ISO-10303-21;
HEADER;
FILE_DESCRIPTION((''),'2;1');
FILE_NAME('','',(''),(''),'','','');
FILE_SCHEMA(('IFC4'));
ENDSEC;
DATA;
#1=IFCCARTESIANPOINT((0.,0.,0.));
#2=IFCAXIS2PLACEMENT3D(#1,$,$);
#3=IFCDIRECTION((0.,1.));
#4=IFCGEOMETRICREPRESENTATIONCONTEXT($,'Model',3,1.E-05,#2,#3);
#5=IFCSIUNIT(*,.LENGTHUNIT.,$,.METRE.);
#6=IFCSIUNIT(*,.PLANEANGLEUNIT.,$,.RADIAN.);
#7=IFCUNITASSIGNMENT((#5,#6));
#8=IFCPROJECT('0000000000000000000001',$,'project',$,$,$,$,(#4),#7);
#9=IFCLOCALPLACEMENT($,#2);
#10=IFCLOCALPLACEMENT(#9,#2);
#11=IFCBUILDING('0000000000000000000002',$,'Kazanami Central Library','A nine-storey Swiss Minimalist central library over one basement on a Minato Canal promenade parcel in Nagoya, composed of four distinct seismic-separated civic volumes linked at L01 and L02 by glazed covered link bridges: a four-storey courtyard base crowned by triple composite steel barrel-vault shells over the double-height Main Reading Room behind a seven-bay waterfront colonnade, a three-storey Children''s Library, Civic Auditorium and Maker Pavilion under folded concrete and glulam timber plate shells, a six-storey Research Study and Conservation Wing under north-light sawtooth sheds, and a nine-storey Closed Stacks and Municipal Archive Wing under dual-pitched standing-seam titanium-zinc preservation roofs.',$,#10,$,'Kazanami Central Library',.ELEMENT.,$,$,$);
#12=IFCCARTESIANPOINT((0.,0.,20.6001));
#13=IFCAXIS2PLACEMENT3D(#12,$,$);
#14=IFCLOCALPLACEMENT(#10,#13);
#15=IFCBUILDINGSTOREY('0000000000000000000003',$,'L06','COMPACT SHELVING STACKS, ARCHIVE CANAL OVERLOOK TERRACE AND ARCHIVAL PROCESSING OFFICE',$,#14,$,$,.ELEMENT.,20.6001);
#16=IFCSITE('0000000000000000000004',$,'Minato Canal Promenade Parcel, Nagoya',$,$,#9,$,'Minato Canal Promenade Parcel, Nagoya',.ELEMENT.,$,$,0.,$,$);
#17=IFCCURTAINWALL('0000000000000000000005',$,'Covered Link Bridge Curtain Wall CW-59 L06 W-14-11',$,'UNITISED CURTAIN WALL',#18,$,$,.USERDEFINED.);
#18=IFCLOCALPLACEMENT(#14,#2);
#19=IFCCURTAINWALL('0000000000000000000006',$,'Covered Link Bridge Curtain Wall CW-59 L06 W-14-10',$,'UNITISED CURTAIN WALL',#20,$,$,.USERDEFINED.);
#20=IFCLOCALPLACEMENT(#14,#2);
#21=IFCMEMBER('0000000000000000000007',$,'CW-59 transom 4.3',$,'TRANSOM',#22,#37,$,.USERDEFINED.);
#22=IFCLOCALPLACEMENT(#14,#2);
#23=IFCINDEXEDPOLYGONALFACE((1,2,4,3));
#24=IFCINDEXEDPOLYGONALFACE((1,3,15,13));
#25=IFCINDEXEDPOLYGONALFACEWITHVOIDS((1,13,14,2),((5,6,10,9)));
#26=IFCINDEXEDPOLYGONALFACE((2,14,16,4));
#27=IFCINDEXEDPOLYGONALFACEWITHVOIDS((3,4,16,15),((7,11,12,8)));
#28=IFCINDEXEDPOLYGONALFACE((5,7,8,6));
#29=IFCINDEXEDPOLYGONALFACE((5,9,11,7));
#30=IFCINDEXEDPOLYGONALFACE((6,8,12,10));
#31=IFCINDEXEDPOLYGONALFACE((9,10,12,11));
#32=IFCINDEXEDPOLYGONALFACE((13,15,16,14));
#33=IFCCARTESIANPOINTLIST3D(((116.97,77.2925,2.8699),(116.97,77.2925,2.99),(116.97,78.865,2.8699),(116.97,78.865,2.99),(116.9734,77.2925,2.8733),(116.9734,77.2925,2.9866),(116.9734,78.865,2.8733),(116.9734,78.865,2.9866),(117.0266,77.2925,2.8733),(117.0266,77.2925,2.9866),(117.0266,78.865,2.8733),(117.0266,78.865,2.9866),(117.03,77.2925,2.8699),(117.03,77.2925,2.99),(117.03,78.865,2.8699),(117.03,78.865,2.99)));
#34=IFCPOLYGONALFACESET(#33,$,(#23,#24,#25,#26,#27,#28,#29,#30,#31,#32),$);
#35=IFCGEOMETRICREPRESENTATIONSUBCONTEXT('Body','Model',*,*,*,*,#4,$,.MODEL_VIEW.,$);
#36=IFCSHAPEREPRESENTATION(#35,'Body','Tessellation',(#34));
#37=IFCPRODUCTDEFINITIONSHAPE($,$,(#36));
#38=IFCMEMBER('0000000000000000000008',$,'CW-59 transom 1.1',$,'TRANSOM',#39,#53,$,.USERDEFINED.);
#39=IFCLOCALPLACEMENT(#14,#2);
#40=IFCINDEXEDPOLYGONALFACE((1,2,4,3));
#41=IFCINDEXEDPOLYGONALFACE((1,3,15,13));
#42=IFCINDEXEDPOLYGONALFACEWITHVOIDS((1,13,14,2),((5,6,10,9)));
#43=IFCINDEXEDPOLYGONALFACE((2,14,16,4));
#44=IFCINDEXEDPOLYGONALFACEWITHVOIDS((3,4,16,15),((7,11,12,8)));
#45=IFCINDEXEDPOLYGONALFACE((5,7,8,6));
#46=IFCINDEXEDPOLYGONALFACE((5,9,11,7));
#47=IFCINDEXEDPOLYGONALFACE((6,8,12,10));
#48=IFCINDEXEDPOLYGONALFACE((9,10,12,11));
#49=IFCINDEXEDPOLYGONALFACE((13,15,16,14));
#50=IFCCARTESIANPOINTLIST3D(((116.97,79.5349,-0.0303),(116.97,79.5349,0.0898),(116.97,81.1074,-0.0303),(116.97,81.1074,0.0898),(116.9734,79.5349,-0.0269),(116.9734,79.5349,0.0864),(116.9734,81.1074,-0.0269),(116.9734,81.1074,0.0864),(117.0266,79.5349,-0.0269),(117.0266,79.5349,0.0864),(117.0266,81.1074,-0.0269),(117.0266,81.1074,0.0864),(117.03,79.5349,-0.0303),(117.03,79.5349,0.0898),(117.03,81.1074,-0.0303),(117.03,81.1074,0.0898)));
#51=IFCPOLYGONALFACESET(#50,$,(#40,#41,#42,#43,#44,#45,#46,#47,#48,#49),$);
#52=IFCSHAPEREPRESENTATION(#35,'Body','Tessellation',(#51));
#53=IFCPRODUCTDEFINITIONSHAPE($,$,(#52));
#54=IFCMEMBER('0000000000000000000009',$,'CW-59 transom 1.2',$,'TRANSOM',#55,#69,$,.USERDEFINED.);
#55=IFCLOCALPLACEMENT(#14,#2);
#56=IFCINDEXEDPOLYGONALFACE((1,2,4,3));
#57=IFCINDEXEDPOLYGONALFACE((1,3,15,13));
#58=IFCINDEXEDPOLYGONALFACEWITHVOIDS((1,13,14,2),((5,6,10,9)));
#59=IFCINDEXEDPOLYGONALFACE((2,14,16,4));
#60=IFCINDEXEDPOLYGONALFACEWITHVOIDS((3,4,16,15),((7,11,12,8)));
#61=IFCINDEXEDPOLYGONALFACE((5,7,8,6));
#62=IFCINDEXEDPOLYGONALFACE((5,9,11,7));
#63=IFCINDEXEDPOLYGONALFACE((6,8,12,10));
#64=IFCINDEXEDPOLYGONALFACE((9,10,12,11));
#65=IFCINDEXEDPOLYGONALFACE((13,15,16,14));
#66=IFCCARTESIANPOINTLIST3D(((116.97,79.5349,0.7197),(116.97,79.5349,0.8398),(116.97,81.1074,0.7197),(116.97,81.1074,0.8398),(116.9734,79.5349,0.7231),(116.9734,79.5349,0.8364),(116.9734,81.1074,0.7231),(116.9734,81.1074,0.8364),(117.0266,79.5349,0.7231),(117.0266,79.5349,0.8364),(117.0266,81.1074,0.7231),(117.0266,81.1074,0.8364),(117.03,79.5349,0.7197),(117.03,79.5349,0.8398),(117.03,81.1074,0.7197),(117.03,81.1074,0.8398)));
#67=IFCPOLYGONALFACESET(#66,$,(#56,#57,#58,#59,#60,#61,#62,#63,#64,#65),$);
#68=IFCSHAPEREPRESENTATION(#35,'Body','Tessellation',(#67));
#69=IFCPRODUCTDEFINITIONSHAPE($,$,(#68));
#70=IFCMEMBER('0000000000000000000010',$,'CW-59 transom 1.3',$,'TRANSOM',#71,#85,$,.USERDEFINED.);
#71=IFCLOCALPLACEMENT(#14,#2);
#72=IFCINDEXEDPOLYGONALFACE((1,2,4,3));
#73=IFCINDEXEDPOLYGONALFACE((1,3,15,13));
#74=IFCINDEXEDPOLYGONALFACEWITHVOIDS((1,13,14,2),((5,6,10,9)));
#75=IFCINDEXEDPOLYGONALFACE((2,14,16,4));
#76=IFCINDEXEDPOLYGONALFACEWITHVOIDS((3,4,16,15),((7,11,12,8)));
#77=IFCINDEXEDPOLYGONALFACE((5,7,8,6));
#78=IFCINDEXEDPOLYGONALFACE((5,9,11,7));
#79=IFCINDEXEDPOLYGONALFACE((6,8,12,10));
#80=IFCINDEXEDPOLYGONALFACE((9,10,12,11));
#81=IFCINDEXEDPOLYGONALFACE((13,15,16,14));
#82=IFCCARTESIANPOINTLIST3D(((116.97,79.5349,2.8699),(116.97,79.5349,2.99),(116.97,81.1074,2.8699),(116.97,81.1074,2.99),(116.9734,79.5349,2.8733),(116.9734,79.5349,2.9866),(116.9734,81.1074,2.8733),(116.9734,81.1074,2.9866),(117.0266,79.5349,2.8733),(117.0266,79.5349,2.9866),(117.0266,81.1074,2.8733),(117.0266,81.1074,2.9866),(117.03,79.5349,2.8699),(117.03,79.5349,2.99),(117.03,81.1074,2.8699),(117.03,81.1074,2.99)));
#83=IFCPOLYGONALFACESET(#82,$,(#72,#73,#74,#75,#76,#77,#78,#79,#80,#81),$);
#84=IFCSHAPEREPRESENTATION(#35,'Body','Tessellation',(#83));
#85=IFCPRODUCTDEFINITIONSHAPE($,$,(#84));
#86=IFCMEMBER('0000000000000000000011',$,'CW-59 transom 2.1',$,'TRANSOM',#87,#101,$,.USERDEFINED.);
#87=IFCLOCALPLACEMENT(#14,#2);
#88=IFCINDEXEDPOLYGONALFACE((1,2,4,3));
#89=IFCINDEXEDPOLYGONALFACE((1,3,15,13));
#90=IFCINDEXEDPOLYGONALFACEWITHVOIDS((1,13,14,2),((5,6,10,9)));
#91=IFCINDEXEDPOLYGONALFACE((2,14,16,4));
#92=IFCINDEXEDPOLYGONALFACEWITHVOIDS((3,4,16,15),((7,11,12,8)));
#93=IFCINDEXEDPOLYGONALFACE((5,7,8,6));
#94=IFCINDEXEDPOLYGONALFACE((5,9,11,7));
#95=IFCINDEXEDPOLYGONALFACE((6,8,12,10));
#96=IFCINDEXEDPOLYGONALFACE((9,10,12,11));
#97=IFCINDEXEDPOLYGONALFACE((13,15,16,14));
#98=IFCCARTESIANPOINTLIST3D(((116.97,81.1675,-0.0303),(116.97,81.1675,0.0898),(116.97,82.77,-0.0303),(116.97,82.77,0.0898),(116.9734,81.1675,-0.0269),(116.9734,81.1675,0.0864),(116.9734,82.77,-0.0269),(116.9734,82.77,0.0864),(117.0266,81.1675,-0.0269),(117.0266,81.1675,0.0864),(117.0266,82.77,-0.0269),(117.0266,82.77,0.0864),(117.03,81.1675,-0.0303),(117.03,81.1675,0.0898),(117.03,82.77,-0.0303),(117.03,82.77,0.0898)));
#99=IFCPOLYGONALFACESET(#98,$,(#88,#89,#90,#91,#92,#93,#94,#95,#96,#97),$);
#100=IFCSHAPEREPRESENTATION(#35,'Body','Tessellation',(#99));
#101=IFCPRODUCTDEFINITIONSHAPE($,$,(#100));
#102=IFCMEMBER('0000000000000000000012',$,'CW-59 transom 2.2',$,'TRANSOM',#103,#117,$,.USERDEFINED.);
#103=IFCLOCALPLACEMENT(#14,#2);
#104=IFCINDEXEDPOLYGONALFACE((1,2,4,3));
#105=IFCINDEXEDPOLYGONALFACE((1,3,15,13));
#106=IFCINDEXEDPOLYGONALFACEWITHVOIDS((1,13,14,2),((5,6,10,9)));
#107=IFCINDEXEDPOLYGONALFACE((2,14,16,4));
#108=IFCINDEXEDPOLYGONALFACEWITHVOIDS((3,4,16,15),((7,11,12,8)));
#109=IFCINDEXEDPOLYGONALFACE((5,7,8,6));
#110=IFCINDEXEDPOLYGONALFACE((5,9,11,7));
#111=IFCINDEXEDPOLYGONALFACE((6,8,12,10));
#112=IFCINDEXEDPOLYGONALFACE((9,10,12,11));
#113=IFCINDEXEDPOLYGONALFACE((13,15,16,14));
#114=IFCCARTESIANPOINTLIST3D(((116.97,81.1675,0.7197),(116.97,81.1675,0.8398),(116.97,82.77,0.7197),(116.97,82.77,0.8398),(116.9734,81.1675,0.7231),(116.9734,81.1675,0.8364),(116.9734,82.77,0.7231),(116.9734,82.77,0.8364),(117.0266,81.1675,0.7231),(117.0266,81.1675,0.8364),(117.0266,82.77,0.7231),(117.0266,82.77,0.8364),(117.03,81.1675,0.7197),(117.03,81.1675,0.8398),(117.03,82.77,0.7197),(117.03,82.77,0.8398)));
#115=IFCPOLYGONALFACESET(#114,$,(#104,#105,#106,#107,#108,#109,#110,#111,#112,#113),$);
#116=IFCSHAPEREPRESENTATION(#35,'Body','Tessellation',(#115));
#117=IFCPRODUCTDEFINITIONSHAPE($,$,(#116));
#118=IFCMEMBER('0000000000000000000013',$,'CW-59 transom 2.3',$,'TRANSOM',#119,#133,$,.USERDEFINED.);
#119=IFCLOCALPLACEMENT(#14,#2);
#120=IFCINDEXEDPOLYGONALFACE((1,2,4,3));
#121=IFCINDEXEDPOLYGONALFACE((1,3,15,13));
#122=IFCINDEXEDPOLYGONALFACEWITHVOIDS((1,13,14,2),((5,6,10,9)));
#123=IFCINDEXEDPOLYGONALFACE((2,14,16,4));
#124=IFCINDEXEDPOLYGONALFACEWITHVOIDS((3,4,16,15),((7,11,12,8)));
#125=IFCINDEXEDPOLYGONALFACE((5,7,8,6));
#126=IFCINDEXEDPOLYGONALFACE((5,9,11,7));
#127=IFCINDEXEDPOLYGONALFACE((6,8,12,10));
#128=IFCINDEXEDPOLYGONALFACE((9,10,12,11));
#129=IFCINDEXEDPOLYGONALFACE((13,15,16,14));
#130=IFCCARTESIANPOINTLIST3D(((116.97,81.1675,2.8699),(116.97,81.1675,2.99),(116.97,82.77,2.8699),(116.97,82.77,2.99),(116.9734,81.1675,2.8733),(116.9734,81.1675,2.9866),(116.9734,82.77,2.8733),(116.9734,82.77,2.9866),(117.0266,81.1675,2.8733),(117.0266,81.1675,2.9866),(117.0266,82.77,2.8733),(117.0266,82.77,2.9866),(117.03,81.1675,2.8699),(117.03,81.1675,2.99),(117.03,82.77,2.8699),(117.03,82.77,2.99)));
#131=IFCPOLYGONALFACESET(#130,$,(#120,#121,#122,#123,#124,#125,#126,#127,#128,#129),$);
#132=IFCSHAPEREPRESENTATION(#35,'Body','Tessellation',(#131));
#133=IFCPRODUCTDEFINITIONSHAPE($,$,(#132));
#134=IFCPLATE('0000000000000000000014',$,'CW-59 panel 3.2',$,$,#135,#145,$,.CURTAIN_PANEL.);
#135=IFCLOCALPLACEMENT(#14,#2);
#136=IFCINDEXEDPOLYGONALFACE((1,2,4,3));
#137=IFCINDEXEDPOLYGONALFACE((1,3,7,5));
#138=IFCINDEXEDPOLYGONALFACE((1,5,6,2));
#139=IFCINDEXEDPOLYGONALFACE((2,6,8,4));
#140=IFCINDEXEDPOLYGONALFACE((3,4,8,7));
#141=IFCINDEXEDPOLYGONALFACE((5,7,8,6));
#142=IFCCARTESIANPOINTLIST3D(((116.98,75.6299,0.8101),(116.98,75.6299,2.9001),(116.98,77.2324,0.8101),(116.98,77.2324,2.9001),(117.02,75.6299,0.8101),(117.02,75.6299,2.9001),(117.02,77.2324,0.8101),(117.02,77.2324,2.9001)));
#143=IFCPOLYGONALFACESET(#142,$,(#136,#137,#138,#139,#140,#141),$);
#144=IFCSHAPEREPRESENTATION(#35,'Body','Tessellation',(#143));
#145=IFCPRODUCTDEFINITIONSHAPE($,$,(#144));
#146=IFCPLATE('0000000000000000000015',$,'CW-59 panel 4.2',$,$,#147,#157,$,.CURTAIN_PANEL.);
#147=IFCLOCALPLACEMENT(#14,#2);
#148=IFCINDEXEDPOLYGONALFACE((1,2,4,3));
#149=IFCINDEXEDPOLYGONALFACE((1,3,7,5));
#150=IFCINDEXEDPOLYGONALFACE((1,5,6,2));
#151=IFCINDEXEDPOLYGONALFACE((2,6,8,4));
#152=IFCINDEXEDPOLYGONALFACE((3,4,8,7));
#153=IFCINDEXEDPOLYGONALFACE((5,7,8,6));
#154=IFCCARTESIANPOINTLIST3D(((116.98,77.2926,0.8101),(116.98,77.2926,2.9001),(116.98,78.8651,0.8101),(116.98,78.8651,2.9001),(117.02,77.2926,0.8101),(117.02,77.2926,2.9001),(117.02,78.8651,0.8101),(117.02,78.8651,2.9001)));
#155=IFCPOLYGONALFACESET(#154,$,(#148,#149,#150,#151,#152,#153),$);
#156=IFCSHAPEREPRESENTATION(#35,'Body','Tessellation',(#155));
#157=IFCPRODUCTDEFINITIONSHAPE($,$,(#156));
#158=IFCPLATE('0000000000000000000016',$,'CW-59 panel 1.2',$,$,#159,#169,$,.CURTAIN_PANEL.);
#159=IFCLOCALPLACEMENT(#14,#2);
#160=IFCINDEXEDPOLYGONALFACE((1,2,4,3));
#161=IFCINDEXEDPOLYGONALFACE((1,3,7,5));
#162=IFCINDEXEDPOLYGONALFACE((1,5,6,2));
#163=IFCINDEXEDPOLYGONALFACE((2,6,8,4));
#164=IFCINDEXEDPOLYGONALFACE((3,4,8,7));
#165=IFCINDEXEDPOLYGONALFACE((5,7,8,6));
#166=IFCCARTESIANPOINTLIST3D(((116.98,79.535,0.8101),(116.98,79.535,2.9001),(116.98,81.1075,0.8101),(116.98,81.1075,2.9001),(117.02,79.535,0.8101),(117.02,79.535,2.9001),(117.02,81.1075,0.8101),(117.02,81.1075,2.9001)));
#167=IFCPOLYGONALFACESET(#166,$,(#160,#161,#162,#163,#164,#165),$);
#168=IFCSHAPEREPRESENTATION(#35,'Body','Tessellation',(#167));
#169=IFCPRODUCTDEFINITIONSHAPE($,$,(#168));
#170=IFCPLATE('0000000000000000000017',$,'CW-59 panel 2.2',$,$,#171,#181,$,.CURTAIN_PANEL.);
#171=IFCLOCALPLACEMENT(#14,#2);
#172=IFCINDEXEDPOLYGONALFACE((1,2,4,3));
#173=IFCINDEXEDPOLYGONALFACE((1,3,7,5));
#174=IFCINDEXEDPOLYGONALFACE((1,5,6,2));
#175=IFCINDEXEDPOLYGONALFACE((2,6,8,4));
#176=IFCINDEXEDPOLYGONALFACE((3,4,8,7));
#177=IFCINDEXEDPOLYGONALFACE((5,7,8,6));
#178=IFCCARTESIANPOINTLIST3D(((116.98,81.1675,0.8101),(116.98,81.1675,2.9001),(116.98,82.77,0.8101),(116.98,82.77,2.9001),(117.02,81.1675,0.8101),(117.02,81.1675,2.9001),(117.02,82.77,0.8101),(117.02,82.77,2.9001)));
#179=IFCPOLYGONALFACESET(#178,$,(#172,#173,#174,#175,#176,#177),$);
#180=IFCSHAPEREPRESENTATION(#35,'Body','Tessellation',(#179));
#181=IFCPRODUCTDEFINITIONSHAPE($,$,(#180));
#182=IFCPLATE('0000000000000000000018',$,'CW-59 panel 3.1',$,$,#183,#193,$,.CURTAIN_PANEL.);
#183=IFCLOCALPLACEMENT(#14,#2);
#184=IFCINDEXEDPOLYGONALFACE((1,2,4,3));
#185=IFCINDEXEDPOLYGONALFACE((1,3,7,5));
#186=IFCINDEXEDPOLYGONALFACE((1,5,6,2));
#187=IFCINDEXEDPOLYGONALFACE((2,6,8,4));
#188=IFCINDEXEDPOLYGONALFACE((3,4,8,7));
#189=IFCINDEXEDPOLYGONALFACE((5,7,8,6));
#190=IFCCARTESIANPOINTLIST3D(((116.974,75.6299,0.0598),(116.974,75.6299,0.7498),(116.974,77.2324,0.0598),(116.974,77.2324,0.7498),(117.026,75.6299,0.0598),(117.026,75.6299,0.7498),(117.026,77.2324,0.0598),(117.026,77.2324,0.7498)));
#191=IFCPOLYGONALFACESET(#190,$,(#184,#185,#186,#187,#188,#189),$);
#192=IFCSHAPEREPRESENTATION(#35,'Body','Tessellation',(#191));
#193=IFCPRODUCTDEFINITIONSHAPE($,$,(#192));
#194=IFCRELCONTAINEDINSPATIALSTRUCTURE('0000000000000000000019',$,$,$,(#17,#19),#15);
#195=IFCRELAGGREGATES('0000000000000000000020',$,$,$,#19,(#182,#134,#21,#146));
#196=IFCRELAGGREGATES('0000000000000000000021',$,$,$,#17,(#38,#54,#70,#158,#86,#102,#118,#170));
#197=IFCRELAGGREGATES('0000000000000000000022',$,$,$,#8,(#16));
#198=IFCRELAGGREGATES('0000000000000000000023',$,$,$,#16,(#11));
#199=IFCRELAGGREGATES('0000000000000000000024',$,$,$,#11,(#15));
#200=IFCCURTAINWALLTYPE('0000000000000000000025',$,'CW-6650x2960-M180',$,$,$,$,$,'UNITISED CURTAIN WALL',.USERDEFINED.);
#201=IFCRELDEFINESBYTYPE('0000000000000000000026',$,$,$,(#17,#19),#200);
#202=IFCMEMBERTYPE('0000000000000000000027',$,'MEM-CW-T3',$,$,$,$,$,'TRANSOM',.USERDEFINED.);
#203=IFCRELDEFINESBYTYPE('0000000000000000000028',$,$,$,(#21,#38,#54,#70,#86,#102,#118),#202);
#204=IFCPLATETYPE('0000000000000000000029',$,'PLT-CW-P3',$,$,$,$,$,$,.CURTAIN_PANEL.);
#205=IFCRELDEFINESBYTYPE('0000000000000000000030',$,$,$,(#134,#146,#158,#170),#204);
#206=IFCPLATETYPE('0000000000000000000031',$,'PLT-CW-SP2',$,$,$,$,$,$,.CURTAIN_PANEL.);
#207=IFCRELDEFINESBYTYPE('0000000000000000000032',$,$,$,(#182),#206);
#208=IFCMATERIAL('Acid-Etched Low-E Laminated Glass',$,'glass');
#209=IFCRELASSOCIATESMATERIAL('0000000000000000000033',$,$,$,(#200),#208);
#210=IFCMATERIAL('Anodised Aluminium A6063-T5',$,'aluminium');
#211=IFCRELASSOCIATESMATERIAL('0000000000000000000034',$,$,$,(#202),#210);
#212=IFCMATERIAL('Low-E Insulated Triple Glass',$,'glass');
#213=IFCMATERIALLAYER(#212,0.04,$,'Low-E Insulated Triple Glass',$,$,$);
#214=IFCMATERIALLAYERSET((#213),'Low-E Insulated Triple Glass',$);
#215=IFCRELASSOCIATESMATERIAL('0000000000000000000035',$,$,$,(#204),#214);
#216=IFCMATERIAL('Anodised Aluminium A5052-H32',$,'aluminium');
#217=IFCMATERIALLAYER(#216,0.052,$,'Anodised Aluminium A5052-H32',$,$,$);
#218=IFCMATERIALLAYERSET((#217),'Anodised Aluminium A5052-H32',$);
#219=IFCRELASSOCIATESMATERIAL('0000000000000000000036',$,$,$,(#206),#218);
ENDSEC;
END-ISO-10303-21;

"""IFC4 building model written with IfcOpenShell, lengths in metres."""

from ifc_helpers import new_model, si_unit, direction, frame, origin, origin_2d, place, context, subcontext, project, spatial, rectangle, hollow_rectangle, extrude, material, layer, layer_set, material_profile, profile_set, type_object, element, aggregate, save


model = new_model("IFC4")

# Units and contexts
model_context = context("Model", 3, precision=1e-05, world=origin(), true_north=direction((0.0, 1.0)))
body_context = subcontext(model_context, "Body", "Model", "MODEL_VIEW")
ifc_project = project(units=[si_unit("LENGTHUNIT", "METRE"), si_unit("PLANEANGLEUNIT", "RADIAN")], contexts=[model_context])

# Site, building, storey
site_placement = place(None, origin())
site = spatial("IfcSite", under=ifc_project, at=site_placement, Name="Minato Canal Promenade Parcel, Nagoya", LongName="Minato Canal Promenade Parcel, Nagoya", CompositionType="ELEMENT", RefElevation=0.0)
building_placement = place(site_placement, origin())
building = spatial("IfcBuilding", under=site, at=building_placement, Name="Kazanami Central Library", Description="A nine-storey Swiss Minimalist central library over one basement on a Minato Canal promenade parcel in Nagoya, composed of four distinct seismic-separated civic volumes linked at L01 and L02 by glazed covered link bridges: a four-storey courtyard base crowned by triple composite steel barrel-vault shells over the double-height Main Reading Room behind a seven-bay waterfront colonnade, a three-storey Children's Library, Civic Auditorium and Maker Pavilion under folded concrete and glulam timber plate shells, a six-storey Research Study and Conservation Wing under north-light sawtooth sheds, and a nine-storey Closed Stacks and Municipal Archive Wing under dual-pitched standing-seam titanium-zinc preservation roofs.", LongName="Kazanami Central Library", CompositionType="ELEMENT")
storey_placement = place(building_placement, frame((0.0, 0.0, 20.6001)))
storey = spatial("IfcBuildingStorey", under=building, at=storey_placement, Name="L06", Description="COMPACT SHELVING STACKS, ARCHIVE CANAL OVERLOOK TERRACE AND ARCHIVAL PROCESSING OFFICE", CompositionType="ELEMENT", Elevation=20.6001)

# Curtain walls, member
ifc_material_1 = material(Name="Acid-Etched Low-E Laminated Glass", Category="glass")
curtain_wall_type = type_object("IfcCurtainWallType", Name="CW-6650x2960-M180", ElementType="UNITISED CURTAIN WALL", PredefinedType="USERDEFINED", material=ifc_material_1)
curtain_wall_1_placement = place(storey_placement, origin())
curtain_wall_1 = element("IfcCurtainWall", 1, at=curtain_wall_1_placement, inside=storey, type_object=curtain_wall_type, Name="Covered Link Bridge Curtain Wall CW-59 L06 W-14-11", ObjectType="UNITISED CURTAIN WALL", PredefinedType="USERDEFINED")
ifc_material_2 = material(Name="Anodised Aluminium A6063-T5", Category="aluminium")
curtain_wall_2_placement = place(storey_placement, origin())
curtain_wall_2 = element("IfcCurtainWall", 2, at=curtain_wall_2_placement, inside=storey, type_object=curtain_wall_type, Name="Covered Link Bridge Curtain Wall CW-59 L06 W-14-10", ObjectType="UNITISED CURTAIN WALL", PredefinedType="USERDEFINED")
ifc_material_profile_1 = material_profile(ifc_material_2, hollow_rectangle(XDim=0.0601, YDim=0.1201, WallThickness=0.0034, at=origin_2d()), Name="ALU-TRAN-60x120x3.5")
ifc_profile_set_1 = profile_set([ifc_material_profile_1], Name="Anodised Aluminium A6063-T5")
member_type_1 = type_object("IfcMemberType", Name="MEM-CW-T3", ElementType="TRANSOM", PredefinedType="USERDEFINED", material=ifc_profile_set_1)
member_1_placement = place(storey_placement, frame((117.0, 77.2925, 2.9299), z_axis=(0.0, 1.0, 0.0), x_axis=(-1.0, 0.0, 0.0)))
member_1 = element("IfcMember", 3, at=member_1_placement, type_object=member_type_1, Name="CW-59 transom 4.3", ObjectType="TRANSOM", PredefinedType="USERDEFINED", context=body_context, shape_type="SweptSolid", body=[
    extrude(hollow_rectangle(XDim=0.0601, YDim=0.1201, WallThickness=0.0034, at=origin_2d()), origin(), (0.0, 0.0, 1.0), 1.5725),
])

# Members
member_2_placement = place(storey_placement, frame((117.0, 79.5349, 0.0298), z_axis=(0.0, 1.0, 0.0), x_axis=(-1.0, 0.0, 0.0)))
member_2 = element("IfcMember", 4, at=member_2_placement, type_object=member_type_1, Name="CW-59 transom 1.1", ObjectType="TRANSOM", PredefinedType="USERDEFINED", context=body_context, shape_type="SweptSolid", body=[
    extrude(hollow_rectangle(XDim=0.0601, YDim=0.1201, WallThickness=0.0034, at=origin_2d()), origin(), (0.0, 0.0, 1.0), 1.5725),
])
member_3_placement = place(storey_placement, frame((117.0, 79.5349, 0.7798), z_axis=(0.0, 1.0, 0.0), x_axis=(-1.0, 0.0, 0.0)))
member_3 = element("IfcMember", 5, at=member_3_placement, type_object=member_type_1, Name="CW-59 transom 1.2", ObjectType="TRANSOM", PredefinedType="USERDEFINED", context=body_context, shape_type="SweptSolid", body=[
    extrude(hollow_rectangle(XDim=0.0601, YDim=0.1201, WallThickness=0.0034, at=origin_2d()), origin(), (0.0, 0.0, 1.0), 1.5725),
])
member_4_placement = place(storey_placement, frame((117.0, 79.5349, 2.9299), z_axis=(0.0, 1.0, 0.0), x_axis=(-1.0, 0.0, 0.0)))
member_4 = element("IfcMember", 6, at=member_4_placement, type_object=member_type_1, Name="CW-59 transom 1.3", ObjectType="TRANSOM", PredefinedType="USERDEFINED", context=body_context, shape_type="SweptSolid", body=[
    extrude(hollow_rectangle(XDim=0.0601, YDim=0.1201, WallThickness=0.0034, at=origin_2d()), origin(), (0.0, 0.0, 1.0), 1.5725),
])
member_5_placement = place(storey_placement, frame((117.0, 81.1675, 0.0298), z_axis=(0.0, 1.0, 0.0), x_axis=(-1.0, 0.0, 0.0)))
member_5 = element("IfcMember", 7, at=member_5_placement, type_object=member_type_1, Name="CW-59 transom 2.1", ObjectType="TRANSOM", PredefinedType="USERDEFINED", context=body_context, shape_type="SweptSolid", body=[
    extrude(hollow_rectangle(XDim=0.0601, YDim=0.1201, WallThickness=0.0034, at=origin_2d()), origin(), (0.0, 0.0, 1.0), 1.6025),
])
member_6_placement = place(storey_placement, frame((117.0, 81.1675, 0.7798), z_axis=(0.0, 1.0, 0.0), x_axis=(-1.0, 0.0, 0.0)))
member_6 = element("IfcMember", 8, at=member_6_placement, type_object=member_type_1, Name="CW-59 transom 2.2", ObjectType="TRANSOM", PredefinedType="USERDEFINED", context=body_context, shape_type="SweptSolid", body=[
    extrude(hollow_rectangle(XDim=0.0601, YDim=0.1201, WallThickness=0.0034, at=origin_2d()), origin(), (0.0, 0.0, 1.0), 1.6025),
])
member_7_placement = place(storey_placement, frame((117.0, 81.1675, 2.9299), z_axis=(0.0, 1.0, 0.0), x_axis=(-1.0, 0.0, 0.0)))
member_7 = element("IfcMember", 9, at=member_7_placement, type_object=member_type_1, Name="CW-59 transom 2.3", ObjectType="TRANSOM", PredefinedType="USERDEFINED", context=body_context, shape_type="SweptSolid", body=[
    extrude(hollow_rectangle(XDim=0.0601, YDim=0.1201, WallThickness=0.0034, at=origin_2d()), origin(), (0.0, 0.0, 1.0), 1.6025),
])

# Plates
ifc_material_3 = material(Name="Low-E Insulated Triple Glass", Category="glass")
ifc_layer_1 = layer(ifc_material_3, 0.04, Name="Low-E Insulated Triple Glass")
ifc_layer_set_1 = layer_set([ifc_layer_1], Name="Low-E Insulated Triple Glass")
plate_type_1 = type_object("IfcPlateType", Name="PLT-CW-P3", PredefinedType="CURTAIN_PANEL", material=ifc_layer_set_1)
plate_1_placement = place(storey_placement, frame((117.0, 76.4312, 0.8101), z_axis=(0.0, 0.0, 1.0), x_axis=(0.0, 1.0, 0.0)))
plate_1 = element("IfcPlate", 10, at=plate_1_placement, type_object=plate_type_1, Name="CW-59 panel 3.2", PredefinedType="CURTAIN_PANEL", context=body_context, shape_type="SweptSolid", body=[
    extrude(rectangle(XDim=1.6025, YDim=0.04, at=origin_2d()), origin(), (0.0, 0.0, 1.0), 2.0901),
])
plate_2_placement = place(storey_placement, frame((117.0, 78.0789, 0.8101), z_axis=(0.0, 0.0, 1.0), x_axis=(0.0, 1.0, 0.0)))
plate_2 = element("IfcPlate", 11, at=plate_2_placement, type_object=plate_type_1, Name="CW-59 panel 4.2", PredefinedType="CURTAIN_PANEL", context=body_context, shape_type="SweptSolid", body=[
    extrude(rectangle(XDim=1.5725, YDim=0.04, at=origin_2d()), origin(), (0.0, 0.0, 1.0), 2.0901),
])
plate_3_placement = place(storey_placement, frame((117.0, 80.3213, 0.8101), z_axis=(0.0, 0.0, 1.0), x_axis=(0.0, 1.0, 0.0)))
plate_3 = element("IfcPlate", 12, at=plate_3_placement, type_object=plate_type_1, Name="CW-59 panel 1.2", PredefinedType="CURTAIN_PANEL", context=body_context, shape_type="SweptSolid", body=[
    extrude(rectangle(XDim=1.5725, YDim=0.04, at=origin_2d()), origin(), (0.0, 0.0, 1.0), 2.0901),
])
plate_4_placement = place(storey_placement, frame((117.0, 81.9688, 0.8101), z_axis=(0.0, 0.0, 1.0), x_axis=(0.0, 1.0, 0.0)))
plate_4 = element("IfcPlate", 13, at=plate_4_placement, type_object=plate_type_1, Name="CW-59 panel 2.2", PredefinedType="CURTAIN_PANEL", context=body_context, shape_type="SweptSolid", body=[
    extrude(rectangle(XDim=1.6025, YDim=0.04, at=origin_2d()), origin(), (0.0, 0.0, 1.0), 2.0901),
])
ifc_material_4 = material(Name="Anodised Aluminium A5052-H32", Category="aluminium")
ifc_layer_2 = layer(ifc_material_4, 0.052, Name="Anodised Aluminium A5052-H32")
ifc_layer_set_2 = layer_set([ifc_layer_2], Name="Anodised Aluminium A5052-H32")
plate_type_2 = type_object("IfcPlateType", Name="PLT-CW-SP2", PredefinedType="CURTAIN_PANEL", material=ifc_layer_set_2)
plate_5_placement = place(storey_placement, frame((117.0, 76.4312, 0.0598), z_axis=(0.0, 0.0, 1.0), x_axis=(0.0, 1.0, 0.0)))
plate_5 = element("IfcPlate", 14, at=plate_5_placement, type_object=plate_type_2, Name="CW-59 panel 3.1", PredefinedType="CURTAIN_PANEL", context=body_context, shape_type="SweptSolid", body=[
    extrude(rectangle(XDim=1.6025, YDim=0.052, at=origin_2d()), origin(), (0.0, 0.0, 1.0), 0.6899),
])
aggregate(curtain_wall_2, [plate_5, plate_1, member_1, plate_2])
aggregate(curtain_wall_1, [member_2, member_3, member_4, plate_3, member_5, member_6, member_7, plate_4])

save(model, "model.ifc")
